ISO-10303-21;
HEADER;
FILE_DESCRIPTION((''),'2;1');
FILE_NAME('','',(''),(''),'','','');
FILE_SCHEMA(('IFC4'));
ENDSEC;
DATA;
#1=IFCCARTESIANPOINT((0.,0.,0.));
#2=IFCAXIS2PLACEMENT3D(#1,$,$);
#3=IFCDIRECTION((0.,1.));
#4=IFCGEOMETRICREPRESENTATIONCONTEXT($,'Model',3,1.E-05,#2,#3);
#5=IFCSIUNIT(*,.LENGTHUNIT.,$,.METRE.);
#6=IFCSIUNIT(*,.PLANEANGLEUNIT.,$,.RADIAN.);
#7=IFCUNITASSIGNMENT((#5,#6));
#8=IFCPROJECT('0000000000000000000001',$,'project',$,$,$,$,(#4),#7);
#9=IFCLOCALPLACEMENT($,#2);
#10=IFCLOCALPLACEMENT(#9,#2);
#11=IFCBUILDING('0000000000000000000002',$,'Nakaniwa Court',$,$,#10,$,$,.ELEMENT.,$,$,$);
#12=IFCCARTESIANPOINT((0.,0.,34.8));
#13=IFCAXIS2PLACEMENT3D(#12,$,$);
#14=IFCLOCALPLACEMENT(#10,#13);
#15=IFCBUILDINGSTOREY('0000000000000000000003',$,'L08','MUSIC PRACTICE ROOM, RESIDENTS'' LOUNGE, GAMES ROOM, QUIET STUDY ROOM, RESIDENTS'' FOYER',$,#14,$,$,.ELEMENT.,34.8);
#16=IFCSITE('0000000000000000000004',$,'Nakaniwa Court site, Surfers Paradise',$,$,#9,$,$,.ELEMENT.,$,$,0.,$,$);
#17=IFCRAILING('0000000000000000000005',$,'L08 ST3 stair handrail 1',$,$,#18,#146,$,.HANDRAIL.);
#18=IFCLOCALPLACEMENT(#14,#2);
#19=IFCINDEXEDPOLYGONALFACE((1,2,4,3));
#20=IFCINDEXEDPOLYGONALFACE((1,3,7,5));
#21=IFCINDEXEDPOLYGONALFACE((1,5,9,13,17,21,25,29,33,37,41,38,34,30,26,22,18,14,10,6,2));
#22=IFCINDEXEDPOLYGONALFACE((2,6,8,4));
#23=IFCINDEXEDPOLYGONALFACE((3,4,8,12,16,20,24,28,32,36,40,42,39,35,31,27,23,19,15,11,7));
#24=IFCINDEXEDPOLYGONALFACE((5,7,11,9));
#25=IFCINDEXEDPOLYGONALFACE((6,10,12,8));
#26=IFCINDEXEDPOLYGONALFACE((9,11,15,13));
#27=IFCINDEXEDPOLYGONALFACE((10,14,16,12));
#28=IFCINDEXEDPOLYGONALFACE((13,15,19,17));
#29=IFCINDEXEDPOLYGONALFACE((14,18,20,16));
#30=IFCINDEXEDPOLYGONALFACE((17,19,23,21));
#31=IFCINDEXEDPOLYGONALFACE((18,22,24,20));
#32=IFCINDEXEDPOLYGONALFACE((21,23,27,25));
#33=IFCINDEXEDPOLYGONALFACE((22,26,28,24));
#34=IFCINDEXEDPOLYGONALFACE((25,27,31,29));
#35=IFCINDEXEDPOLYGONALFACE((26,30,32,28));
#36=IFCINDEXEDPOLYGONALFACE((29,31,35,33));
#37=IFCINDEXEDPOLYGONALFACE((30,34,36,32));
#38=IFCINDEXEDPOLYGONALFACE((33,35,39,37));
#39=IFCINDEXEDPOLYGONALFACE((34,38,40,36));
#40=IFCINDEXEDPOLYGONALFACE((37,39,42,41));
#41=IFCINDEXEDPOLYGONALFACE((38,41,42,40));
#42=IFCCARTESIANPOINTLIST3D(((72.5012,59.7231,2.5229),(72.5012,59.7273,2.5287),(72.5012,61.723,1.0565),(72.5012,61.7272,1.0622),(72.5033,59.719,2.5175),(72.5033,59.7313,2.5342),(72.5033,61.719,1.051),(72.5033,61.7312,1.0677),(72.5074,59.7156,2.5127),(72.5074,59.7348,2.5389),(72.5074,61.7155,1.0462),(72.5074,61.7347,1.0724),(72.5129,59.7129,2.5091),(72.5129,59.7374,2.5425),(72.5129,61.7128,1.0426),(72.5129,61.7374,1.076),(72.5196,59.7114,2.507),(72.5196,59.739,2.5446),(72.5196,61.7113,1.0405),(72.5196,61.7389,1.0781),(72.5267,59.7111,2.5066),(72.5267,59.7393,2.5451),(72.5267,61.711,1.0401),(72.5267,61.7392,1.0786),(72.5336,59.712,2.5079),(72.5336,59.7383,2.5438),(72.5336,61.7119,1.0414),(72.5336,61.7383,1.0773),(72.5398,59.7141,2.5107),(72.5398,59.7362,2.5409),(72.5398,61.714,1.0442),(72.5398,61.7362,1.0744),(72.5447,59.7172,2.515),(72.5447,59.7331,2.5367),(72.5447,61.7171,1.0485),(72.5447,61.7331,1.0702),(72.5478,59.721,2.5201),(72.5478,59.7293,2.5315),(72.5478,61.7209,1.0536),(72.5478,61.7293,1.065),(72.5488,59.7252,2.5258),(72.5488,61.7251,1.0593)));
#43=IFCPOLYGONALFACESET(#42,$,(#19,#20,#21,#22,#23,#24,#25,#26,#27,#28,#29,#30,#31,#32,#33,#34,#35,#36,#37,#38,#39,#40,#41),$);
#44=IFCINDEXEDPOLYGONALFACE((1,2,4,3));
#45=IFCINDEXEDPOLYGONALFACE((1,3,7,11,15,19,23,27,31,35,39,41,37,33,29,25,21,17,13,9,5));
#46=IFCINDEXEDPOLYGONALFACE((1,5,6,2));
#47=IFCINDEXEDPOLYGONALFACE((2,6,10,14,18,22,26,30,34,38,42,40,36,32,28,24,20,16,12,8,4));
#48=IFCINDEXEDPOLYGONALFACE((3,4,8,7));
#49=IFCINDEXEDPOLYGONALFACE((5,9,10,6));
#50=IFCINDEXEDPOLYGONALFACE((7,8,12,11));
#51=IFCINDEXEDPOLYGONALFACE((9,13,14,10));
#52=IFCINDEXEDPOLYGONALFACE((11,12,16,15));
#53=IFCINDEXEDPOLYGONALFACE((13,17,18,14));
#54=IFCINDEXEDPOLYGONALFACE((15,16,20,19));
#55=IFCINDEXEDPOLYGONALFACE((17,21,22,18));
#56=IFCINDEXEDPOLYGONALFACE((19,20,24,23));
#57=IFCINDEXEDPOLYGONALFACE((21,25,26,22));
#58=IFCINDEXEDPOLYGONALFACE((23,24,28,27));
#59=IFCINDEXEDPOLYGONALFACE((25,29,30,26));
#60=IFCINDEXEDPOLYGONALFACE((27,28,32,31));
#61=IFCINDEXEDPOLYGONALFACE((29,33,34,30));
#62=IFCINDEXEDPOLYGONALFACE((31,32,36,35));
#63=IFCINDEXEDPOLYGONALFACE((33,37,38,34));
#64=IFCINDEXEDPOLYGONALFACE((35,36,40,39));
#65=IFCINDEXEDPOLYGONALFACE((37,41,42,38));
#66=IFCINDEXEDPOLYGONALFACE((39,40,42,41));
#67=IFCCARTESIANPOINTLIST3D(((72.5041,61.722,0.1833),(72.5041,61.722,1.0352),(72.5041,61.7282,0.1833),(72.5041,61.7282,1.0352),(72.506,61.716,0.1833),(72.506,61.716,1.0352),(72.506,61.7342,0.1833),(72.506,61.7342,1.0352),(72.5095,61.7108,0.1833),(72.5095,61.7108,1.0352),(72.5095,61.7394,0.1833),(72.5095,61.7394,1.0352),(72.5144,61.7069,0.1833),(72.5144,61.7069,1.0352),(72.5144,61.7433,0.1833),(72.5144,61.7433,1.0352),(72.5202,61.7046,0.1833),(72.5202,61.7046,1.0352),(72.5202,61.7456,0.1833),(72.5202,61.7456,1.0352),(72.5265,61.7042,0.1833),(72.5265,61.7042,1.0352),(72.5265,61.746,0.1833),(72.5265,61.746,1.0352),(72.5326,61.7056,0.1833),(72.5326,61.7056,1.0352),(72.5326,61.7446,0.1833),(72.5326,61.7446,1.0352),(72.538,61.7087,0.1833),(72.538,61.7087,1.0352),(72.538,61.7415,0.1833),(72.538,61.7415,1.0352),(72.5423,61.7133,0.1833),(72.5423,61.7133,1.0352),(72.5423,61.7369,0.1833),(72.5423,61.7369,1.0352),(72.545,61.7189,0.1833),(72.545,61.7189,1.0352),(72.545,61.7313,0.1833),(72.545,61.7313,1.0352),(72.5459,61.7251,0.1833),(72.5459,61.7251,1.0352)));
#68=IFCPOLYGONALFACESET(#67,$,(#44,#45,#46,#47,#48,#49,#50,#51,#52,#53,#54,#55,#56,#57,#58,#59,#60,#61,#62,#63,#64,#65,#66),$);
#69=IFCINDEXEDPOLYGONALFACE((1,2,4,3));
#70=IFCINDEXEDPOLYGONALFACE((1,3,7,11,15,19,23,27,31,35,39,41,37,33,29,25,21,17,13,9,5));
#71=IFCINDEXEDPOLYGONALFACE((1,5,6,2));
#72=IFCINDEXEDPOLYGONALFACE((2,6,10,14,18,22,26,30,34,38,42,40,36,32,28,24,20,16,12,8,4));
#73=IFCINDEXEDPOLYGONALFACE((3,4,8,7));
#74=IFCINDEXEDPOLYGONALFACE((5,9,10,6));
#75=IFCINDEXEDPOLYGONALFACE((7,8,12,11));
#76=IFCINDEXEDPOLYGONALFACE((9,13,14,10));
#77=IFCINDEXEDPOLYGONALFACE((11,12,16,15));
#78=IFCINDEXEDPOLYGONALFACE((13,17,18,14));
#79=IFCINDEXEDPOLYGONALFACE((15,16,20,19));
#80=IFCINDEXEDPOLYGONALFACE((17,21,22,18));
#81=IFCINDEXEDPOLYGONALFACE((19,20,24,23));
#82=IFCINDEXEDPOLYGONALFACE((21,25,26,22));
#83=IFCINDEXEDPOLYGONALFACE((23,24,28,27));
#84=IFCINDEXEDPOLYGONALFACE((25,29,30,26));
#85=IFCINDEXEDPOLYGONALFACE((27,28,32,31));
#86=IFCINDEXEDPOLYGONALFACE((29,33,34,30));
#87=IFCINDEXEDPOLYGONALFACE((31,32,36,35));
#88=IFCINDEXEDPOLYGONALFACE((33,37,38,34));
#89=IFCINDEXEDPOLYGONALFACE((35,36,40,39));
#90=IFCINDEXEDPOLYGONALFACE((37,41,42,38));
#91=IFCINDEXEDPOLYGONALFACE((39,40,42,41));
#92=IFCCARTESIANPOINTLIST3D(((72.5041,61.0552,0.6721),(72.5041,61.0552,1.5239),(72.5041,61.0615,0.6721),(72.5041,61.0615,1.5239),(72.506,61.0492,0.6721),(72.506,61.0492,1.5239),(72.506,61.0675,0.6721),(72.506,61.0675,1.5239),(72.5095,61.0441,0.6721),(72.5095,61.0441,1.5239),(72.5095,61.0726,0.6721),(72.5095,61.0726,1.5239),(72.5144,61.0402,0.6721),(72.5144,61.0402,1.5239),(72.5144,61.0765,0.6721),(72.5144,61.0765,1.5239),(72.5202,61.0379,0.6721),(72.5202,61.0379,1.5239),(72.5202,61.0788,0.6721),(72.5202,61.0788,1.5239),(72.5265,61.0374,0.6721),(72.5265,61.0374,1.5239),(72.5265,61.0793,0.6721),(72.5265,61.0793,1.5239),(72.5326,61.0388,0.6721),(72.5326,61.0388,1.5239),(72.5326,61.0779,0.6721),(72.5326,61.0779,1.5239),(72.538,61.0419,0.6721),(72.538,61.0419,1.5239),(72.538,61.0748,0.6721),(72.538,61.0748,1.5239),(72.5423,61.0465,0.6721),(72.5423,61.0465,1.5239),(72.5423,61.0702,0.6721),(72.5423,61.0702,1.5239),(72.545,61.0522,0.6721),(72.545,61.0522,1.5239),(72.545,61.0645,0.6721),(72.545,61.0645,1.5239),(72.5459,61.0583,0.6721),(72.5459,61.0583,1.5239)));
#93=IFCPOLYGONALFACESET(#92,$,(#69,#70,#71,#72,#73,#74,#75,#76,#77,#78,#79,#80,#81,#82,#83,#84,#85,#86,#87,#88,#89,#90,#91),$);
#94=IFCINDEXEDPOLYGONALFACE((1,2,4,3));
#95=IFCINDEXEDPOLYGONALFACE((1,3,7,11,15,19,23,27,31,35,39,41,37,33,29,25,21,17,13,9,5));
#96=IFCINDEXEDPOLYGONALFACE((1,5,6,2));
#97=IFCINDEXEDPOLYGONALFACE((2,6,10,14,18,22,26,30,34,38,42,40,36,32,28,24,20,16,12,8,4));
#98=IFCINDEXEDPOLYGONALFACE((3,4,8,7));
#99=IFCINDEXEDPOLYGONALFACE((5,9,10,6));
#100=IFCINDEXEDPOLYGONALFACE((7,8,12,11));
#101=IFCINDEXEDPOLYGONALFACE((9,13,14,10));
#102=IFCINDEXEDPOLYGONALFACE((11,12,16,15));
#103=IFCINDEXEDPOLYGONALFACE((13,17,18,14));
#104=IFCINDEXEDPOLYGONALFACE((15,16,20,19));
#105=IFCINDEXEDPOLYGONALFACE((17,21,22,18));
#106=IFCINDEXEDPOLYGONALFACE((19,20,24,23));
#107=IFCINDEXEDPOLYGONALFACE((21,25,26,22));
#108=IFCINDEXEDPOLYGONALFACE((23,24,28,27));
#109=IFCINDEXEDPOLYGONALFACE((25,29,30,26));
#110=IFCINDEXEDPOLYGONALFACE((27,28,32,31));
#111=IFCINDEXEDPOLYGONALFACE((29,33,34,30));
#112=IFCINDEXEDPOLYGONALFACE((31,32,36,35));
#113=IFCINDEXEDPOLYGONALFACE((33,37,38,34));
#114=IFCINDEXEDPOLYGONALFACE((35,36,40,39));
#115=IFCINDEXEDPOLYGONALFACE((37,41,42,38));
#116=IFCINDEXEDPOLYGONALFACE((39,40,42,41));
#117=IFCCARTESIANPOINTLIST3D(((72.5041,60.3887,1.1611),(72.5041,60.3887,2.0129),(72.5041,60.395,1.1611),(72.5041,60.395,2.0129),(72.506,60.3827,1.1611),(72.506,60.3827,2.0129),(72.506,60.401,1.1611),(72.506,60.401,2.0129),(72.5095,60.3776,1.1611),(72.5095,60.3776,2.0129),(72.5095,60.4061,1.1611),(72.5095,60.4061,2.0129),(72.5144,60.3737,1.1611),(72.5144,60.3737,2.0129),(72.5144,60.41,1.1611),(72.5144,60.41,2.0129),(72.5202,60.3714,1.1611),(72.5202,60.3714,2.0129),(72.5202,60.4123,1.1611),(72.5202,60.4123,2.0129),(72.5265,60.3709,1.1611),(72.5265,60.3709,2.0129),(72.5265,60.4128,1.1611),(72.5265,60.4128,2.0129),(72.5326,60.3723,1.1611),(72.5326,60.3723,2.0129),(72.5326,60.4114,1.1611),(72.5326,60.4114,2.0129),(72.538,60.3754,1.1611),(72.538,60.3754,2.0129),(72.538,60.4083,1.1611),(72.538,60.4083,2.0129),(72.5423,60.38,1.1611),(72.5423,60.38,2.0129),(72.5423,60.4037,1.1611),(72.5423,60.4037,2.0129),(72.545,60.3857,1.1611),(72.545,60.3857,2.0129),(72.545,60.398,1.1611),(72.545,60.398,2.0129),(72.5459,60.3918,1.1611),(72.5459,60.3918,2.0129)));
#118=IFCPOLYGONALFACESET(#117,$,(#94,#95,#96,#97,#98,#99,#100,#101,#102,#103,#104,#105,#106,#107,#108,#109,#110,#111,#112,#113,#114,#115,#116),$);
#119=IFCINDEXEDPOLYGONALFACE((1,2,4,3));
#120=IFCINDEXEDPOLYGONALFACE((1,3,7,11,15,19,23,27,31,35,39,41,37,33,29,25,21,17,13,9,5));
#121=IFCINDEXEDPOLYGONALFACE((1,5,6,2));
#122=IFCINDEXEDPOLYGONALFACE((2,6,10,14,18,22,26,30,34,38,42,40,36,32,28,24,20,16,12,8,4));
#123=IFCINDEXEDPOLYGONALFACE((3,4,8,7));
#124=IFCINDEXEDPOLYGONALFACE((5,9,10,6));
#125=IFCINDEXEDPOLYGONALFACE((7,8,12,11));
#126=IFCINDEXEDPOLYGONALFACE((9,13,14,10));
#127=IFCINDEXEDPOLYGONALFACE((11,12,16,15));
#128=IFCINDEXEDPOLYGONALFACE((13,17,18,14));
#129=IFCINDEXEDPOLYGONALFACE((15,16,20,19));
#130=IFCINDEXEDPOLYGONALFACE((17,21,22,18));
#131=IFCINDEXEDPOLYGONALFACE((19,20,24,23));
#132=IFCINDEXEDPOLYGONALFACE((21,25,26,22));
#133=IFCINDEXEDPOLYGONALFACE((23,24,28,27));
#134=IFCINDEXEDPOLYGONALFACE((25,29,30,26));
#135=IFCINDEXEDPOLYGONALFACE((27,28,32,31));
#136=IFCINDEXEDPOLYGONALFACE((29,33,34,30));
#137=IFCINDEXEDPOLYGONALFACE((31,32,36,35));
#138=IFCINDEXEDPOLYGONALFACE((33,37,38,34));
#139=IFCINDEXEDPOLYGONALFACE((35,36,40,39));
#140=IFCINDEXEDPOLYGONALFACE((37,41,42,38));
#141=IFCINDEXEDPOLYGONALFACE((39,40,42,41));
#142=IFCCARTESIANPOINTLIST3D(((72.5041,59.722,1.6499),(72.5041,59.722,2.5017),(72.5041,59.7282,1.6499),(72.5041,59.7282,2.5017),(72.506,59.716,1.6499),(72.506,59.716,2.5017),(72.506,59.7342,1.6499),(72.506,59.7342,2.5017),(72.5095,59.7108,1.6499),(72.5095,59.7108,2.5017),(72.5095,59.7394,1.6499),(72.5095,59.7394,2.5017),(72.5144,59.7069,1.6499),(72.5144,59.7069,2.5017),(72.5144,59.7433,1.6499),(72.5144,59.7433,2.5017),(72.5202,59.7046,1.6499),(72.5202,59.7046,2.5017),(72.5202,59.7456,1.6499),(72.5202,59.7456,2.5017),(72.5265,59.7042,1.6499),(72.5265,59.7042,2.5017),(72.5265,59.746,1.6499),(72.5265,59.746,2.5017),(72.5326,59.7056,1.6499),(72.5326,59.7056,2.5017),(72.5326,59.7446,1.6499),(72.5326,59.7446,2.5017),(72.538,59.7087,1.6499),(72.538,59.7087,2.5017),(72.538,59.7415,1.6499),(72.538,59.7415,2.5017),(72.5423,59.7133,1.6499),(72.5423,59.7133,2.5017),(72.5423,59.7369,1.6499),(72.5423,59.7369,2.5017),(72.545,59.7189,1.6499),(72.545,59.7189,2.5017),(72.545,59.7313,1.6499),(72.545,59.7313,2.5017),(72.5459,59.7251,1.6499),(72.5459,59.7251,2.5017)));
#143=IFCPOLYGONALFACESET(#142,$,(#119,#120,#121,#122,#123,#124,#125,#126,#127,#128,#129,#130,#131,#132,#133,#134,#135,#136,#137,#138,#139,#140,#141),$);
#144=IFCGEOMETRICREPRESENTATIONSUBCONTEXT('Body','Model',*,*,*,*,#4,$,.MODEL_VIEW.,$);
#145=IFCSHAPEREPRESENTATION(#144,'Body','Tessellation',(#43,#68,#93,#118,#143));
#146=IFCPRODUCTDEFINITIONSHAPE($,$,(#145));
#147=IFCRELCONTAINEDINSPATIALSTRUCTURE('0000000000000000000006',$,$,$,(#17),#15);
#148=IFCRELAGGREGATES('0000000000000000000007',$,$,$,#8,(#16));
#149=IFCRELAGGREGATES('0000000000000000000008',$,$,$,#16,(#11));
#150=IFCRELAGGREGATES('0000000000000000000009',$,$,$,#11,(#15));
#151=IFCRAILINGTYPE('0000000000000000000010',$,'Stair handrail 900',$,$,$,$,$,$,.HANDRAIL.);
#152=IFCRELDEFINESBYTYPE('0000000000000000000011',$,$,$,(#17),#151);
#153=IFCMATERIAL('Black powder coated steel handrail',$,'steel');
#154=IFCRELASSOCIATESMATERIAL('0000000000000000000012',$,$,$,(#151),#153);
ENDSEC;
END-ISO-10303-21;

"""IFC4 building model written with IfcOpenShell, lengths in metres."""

from ifc_helpers import new_model, si_unit, direction, frame, origin, origin_2d, place, context, subcontext, project, spatial, circle, extrude, material, type_object, element, save


model = new_model("IFC4")

# Units and contexts
model_context = context("Model", 3, precision=1e-05, world=origin(), true_north=direction((0.0, 1.0)))
body_context = subcontext(model_context, "Body", "Model", "MODEL_VIEW")
ifc_project = project(units=[si_unit("LENGTHUNIT", "METRE"), si_unit("PLANEANGLEUNIT", "RADIAN")], contexts=[model_context])

# Site, building, storey
site_placement = place(None, origin())
site = spatial("IfcSite", under=ifc_project, at=site_placement, Name="Nakaniwa Court site, Surfers Paradise", CompositionType="ELEMENT", RefElevation=0.0)
building_placement = place(site_placement, origin())
building = spatial("IfcBuilding", under=site, at=building_placement, Name="Nakaniwa Court", CompositionType="ELEMENT")
storey_placement = place(building_placement, frame((0.0, 0.0, 34.8)))
storey = spatial("IfcBuildingStorey", under=building, at=storey_placement, Name="L08", Description="MUSIC PRACTICE ROOM, RESIDENTS' LOUNGE, GAMES ROOM, QUIET STUDY ROOM, RESIDENTS' FOYER", CompositionType="ELEMENT", Elevation=34.8)

# Railing
ifc_material_1 = material(Name="Black powder coated steel handrail", Category="steel")
railing_type_1 = type_object("IfcRailingType", Name="Stair handrail 900", PredefinedType="HANDRAIL", material=ifc_material_1)
railing_1_placement = place(storey_placement, frame((72.5249, 61.7251, 0.1833)))
element("IfcRailing", 1, at=railing_1_placement, inside=storey, type_object=railing_type_1, Name="L08 ST3 stair handrail 1", PredefinedType="HANDRAIL", context=body_context, shape_type="SweptSolid", body=[
    extrude(circle(Radius=0.0239, at=origin_2d()), frame((0.0, 0.0, 0.876), z_axis=(0.0, -0.806427, 0.591334), x_axis=(1.0, 0.0, 0.0)), (0.0, 0.0, 1.0), 2.48),
    extrude(circle(Radius=0.021, at=origin_2d()), origin(), (0.0, 0.0, 1.0), 0.8518),
    extrude(circle(Radius=0.021, at=origin_2d()), frame((0.0, -0.6667, 0.4888)), (0.0, 0.0, 1.0), 0.8518),
    extrude(circle(Radius=0.021, at=origin_2d()), frame((0.0, -1.3333, 0.9778)), (0.0, 0.0, 1.0), 0.8518),
    extrude(circle(Radius=0.021, at=origin_2d()), frame((0.0, -2.0, 1.4666)), (0.0, 0.0, 1.0), 0.8518),
])

save(model, "model.ifc")
